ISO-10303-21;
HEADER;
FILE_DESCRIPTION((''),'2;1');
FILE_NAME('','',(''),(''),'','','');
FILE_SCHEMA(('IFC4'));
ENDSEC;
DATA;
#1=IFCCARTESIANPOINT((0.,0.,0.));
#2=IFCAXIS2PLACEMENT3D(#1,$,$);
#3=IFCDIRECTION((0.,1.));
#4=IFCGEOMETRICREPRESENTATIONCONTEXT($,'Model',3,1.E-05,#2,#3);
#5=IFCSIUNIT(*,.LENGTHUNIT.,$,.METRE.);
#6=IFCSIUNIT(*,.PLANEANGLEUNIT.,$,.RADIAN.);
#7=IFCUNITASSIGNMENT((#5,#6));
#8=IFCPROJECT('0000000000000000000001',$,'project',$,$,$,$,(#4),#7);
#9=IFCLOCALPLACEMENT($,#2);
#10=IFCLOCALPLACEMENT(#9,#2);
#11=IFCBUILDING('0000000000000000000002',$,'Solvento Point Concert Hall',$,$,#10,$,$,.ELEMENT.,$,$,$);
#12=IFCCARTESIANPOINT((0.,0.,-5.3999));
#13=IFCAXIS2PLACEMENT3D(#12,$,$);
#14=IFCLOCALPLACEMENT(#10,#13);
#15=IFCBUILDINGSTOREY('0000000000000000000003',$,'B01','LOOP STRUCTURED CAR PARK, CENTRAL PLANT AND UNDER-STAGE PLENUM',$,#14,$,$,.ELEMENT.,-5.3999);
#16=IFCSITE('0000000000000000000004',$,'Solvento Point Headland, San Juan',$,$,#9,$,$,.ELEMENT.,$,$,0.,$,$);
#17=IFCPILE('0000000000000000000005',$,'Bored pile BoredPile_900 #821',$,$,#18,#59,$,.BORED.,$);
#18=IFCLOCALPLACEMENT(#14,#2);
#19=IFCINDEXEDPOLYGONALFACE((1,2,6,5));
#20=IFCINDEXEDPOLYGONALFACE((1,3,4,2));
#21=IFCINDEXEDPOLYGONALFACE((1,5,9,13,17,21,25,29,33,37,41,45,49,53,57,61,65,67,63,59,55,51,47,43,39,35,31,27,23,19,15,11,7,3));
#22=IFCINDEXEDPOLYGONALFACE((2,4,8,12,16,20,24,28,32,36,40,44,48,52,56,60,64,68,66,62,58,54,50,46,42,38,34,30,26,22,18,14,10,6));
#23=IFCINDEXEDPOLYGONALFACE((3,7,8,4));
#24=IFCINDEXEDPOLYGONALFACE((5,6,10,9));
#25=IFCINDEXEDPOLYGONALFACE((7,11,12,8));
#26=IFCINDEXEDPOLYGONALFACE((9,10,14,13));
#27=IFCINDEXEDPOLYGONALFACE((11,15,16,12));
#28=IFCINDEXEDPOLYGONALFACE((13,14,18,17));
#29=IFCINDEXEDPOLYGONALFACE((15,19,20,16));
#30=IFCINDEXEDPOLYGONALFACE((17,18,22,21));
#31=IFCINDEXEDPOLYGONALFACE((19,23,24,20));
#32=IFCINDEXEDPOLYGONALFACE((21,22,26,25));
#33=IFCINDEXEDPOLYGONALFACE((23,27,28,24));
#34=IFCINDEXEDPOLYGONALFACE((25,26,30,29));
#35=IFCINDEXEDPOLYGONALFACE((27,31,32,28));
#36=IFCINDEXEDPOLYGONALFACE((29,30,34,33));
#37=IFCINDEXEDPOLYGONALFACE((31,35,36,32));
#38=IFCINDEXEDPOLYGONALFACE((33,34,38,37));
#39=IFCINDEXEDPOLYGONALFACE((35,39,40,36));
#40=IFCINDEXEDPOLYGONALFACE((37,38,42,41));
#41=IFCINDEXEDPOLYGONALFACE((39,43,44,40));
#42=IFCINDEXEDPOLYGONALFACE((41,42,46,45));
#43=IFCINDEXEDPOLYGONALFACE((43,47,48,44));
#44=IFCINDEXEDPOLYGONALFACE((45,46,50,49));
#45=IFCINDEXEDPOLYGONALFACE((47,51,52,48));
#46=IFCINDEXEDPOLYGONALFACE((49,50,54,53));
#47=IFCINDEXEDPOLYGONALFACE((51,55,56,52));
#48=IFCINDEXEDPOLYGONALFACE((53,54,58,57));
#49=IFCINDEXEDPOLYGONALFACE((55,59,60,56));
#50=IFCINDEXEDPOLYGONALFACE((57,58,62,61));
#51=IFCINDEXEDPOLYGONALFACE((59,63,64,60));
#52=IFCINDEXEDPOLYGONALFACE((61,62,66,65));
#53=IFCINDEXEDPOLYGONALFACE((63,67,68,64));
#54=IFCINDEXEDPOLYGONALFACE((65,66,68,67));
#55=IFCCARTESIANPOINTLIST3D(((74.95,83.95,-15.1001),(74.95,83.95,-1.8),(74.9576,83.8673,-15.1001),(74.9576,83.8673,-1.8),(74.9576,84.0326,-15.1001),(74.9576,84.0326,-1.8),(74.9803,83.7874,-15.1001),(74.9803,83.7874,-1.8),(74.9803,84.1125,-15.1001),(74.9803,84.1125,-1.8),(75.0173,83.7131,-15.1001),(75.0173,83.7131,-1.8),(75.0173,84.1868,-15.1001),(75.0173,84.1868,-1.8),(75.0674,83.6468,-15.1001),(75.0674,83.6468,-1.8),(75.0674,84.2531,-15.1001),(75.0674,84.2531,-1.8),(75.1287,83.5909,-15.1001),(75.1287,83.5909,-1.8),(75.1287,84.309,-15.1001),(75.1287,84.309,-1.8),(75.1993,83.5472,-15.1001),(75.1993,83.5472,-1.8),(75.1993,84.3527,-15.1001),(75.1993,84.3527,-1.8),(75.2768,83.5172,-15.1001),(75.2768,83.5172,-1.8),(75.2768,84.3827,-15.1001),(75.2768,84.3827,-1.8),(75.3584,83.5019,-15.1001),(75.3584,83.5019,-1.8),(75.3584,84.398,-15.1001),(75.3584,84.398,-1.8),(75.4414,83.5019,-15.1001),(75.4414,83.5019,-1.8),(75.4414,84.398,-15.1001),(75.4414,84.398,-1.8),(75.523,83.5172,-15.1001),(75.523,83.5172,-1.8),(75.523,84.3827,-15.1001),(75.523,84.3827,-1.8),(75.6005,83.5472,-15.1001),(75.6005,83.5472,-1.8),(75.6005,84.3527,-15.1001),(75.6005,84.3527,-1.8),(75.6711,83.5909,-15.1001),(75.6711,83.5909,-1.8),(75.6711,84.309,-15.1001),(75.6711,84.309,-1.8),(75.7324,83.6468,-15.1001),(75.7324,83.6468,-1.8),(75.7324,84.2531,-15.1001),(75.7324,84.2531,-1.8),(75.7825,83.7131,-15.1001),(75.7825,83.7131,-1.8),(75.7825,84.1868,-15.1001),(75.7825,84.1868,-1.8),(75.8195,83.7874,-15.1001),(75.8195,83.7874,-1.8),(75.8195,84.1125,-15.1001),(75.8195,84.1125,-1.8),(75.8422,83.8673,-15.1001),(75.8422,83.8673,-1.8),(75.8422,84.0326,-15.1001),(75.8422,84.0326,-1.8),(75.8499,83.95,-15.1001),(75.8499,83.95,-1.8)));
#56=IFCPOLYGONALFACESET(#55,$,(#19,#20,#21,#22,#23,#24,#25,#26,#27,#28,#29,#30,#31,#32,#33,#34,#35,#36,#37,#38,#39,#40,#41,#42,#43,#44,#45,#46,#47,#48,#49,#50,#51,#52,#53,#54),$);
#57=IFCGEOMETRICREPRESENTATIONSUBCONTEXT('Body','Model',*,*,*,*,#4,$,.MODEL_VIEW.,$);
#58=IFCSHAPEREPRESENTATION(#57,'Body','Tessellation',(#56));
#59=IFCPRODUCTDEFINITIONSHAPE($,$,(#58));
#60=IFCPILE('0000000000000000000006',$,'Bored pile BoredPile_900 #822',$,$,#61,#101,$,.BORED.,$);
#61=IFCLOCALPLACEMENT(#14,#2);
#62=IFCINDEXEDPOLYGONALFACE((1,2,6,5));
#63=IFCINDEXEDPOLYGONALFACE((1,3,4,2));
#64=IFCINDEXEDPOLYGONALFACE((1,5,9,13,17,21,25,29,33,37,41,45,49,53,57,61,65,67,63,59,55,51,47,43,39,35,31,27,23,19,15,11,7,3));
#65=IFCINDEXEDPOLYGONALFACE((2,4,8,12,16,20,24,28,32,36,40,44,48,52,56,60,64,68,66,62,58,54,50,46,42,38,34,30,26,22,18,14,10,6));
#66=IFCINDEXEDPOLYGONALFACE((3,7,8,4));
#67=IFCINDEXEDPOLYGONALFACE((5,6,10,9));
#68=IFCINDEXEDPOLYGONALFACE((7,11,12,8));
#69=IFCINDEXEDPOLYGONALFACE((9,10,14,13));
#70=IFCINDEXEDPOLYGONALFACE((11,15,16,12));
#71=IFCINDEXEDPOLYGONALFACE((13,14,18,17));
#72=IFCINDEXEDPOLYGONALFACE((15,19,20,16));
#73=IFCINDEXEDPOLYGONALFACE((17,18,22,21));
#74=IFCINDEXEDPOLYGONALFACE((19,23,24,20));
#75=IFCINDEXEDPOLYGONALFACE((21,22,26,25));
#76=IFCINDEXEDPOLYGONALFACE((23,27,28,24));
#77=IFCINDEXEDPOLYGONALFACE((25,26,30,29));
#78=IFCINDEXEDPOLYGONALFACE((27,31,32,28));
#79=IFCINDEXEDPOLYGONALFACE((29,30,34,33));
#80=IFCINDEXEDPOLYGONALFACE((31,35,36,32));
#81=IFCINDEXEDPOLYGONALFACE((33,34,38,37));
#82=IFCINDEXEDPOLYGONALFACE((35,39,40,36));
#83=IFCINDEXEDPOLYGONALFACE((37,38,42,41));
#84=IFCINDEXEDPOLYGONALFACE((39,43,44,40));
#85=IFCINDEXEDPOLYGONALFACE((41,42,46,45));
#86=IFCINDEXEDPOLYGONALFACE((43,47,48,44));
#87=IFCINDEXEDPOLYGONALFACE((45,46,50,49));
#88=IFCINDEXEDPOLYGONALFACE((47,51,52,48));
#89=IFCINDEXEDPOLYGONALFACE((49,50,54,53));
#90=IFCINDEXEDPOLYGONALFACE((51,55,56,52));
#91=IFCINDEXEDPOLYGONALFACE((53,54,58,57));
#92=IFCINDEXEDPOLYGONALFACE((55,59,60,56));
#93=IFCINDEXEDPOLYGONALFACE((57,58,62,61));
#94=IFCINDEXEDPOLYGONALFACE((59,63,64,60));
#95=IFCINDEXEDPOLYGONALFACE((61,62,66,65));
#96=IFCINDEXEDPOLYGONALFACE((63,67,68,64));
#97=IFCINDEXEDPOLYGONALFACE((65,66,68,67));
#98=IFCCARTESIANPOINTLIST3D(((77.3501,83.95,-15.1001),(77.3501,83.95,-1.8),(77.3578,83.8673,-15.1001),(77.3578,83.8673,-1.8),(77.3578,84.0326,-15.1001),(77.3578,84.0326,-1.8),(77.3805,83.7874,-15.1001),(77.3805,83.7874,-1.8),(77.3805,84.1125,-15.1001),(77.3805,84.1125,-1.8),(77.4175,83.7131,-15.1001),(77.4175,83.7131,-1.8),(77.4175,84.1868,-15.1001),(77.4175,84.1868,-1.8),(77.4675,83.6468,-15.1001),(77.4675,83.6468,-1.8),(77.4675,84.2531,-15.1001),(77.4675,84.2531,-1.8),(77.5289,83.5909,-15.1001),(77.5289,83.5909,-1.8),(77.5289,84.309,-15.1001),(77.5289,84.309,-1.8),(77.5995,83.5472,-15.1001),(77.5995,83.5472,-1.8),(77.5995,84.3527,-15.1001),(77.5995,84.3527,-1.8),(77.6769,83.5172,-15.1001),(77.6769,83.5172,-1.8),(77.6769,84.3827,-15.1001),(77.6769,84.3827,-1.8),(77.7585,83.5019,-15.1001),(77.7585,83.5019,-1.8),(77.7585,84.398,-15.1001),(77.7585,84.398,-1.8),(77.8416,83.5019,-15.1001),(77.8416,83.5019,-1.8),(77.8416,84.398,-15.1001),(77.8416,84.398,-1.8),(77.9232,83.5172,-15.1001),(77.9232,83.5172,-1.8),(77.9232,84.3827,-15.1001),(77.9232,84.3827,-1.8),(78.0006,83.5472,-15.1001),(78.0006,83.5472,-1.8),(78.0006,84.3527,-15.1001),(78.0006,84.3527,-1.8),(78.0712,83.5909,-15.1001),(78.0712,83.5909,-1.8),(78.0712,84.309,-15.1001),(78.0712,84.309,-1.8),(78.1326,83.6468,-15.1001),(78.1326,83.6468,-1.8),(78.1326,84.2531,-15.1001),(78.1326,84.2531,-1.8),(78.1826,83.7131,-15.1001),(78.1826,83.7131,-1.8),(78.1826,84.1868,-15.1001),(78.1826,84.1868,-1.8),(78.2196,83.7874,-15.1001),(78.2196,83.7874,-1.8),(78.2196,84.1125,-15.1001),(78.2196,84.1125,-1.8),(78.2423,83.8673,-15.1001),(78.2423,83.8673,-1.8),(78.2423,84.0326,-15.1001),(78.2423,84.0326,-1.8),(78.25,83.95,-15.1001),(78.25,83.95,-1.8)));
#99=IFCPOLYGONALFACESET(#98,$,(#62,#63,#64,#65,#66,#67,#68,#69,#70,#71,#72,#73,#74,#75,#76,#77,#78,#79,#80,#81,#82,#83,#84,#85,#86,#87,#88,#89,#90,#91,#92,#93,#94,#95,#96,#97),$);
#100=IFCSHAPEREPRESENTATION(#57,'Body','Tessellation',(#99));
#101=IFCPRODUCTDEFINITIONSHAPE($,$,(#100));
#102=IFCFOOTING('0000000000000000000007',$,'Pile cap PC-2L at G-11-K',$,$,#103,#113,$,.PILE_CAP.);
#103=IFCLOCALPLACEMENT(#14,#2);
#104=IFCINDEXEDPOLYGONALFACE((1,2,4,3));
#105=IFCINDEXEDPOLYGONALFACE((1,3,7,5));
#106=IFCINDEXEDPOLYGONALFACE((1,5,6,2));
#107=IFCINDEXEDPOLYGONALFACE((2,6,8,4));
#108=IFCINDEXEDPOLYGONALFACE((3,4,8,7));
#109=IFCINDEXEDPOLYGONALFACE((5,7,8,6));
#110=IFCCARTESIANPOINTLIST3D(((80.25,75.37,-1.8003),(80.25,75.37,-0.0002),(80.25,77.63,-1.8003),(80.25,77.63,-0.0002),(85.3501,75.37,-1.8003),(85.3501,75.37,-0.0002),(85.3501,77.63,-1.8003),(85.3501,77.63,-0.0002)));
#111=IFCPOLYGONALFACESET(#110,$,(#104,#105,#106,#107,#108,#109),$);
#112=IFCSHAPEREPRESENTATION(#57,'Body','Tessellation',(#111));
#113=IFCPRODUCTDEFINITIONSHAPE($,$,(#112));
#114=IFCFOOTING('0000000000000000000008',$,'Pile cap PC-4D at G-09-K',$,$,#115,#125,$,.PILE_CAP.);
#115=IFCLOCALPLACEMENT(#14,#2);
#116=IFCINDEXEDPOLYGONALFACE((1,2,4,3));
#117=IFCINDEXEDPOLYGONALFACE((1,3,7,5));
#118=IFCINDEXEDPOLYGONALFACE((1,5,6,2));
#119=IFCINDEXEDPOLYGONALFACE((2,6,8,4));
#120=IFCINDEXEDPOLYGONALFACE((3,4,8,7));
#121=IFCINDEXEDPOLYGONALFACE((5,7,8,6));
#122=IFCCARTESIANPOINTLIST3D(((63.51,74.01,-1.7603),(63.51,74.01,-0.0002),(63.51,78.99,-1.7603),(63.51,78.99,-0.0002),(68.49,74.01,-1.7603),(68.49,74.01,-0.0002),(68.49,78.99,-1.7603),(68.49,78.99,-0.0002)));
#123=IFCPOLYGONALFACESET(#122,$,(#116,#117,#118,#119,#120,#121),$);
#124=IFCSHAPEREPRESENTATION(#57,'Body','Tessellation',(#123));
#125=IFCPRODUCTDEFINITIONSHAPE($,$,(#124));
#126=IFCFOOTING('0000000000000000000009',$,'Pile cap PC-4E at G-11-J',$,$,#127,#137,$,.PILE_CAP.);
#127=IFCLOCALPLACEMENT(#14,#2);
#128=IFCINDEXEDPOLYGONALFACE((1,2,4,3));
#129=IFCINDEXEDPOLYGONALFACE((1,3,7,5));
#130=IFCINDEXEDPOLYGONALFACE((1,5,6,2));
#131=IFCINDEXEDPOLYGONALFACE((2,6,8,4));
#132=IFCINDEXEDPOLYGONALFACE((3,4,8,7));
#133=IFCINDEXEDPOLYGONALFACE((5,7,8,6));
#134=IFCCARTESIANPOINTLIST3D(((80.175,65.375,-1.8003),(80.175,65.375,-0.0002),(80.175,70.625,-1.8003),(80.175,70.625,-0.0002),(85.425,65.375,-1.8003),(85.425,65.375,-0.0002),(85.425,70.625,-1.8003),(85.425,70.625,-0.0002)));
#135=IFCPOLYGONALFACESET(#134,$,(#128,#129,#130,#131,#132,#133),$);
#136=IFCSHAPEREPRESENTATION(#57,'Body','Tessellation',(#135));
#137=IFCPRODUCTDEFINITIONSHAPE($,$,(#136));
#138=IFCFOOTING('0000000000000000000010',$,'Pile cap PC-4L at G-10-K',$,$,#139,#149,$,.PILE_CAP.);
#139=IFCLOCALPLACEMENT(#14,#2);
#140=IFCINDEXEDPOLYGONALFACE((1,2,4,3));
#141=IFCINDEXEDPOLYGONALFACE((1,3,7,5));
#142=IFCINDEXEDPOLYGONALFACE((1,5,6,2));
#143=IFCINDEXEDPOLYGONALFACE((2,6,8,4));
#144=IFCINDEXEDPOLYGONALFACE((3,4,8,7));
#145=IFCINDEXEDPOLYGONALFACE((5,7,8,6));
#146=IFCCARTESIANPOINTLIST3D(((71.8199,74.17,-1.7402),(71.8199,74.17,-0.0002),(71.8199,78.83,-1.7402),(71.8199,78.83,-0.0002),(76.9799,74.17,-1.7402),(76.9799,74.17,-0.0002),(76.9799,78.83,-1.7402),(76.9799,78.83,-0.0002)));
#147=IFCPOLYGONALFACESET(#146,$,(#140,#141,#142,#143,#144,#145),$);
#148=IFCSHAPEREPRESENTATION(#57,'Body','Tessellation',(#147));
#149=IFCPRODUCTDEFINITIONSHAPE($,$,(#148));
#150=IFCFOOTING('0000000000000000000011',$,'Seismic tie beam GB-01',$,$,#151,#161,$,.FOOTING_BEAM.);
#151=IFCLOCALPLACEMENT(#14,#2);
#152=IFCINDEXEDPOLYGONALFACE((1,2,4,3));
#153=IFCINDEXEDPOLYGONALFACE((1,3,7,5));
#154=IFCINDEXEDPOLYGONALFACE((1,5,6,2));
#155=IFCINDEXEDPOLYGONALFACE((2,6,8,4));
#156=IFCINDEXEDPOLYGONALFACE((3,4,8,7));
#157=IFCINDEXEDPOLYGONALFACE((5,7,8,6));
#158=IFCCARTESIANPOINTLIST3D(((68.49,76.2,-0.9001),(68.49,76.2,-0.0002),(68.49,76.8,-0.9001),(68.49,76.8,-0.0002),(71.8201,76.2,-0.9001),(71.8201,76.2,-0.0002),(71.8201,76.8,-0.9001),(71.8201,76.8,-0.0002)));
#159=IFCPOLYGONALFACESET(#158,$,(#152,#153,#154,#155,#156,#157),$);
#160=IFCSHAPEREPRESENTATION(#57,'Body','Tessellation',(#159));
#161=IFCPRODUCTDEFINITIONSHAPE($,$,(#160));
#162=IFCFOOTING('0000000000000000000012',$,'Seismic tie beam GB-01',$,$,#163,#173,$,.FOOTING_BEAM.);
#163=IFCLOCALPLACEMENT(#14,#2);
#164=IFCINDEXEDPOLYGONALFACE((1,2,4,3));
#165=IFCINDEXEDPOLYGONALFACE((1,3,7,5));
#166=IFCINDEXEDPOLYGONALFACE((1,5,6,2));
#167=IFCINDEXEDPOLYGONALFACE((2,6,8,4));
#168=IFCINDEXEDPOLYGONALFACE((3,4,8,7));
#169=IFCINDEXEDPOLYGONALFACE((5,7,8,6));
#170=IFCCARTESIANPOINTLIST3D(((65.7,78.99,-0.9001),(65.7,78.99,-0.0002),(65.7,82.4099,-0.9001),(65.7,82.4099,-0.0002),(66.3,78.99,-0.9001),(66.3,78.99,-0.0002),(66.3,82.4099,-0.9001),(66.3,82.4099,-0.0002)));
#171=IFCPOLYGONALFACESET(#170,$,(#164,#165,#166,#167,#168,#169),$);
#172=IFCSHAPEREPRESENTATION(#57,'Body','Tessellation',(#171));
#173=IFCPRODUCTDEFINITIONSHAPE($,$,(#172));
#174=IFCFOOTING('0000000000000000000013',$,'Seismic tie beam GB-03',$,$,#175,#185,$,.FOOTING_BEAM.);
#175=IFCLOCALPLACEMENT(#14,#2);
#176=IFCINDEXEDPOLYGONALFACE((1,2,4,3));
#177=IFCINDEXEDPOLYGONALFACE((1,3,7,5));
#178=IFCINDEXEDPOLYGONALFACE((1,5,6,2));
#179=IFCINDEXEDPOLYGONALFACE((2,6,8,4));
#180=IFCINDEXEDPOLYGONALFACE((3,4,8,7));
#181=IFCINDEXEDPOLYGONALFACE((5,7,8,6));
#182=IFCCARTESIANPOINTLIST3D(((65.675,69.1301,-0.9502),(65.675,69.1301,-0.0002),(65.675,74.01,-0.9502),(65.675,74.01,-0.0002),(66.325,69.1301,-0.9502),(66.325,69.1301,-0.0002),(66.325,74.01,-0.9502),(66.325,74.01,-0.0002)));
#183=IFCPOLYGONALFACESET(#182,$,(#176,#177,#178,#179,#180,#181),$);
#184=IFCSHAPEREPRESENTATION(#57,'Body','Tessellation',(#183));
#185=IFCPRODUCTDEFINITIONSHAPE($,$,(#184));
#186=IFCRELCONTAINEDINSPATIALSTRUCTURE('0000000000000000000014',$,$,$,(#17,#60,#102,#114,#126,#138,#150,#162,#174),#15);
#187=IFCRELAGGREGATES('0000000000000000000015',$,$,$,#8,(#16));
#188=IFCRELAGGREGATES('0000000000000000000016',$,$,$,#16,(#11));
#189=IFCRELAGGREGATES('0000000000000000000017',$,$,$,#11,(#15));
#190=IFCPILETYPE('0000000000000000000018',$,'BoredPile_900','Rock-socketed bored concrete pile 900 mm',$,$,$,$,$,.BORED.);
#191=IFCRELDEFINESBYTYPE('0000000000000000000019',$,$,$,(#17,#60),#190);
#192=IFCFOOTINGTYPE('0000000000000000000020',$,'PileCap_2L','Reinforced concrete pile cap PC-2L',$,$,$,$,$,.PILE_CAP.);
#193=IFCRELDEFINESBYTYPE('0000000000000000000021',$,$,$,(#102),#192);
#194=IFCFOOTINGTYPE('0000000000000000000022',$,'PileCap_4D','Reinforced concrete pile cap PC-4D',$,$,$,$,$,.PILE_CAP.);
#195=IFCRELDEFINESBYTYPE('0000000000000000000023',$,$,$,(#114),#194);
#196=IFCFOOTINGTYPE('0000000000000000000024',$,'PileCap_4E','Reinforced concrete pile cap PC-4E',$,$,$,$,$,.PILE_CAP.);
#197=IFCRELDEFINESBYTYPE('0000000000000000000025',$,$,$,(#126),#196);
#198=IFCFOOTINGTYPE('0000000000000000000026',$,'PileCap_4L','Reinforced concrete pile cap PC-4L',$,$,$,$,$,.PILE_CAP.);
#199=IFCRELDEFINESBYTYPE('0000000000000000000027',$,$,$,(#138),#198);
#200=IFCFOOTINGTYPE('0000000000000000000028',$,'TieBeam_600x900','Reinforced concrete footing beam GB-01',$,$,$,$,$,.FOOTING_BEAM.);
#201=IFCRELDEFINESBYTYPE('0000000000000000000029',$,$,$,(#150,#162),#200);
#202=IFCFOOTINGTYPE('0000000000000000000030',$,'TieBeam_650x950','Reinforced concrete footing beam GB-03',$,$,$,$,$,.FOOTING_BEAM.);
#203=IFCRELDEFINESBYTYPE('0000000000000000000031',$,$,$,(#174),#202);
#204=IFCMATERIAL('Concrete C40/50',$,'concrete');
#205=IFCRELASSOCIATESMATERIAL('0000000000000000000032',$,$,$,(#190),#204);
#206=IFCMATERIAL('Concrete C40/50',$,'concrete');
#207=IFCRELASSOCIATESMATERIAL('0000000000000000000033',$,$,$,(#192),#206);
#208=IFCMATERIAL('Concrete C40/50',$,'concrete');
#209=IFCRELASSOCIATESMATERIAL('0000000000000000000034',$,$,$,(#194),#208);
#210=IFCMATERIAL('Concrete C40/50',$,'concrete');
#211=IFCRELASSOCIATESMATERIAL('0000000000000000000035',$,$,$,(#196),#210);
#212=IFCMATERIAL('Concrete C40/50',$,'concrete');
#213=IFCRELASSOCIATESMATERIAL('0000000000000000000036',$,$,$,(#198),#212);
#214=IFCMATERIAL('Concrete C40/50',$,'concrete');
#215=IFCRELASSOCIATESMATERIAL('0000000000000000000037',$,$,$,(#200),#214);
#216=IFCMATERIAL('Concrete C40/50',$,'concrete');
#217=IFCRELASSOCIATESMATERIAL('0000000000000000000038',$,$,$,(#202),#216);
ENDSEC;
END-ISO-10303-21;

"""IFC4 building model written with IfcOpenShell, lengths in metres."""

from ifc_helpers import new_model, si_unit, direction, frame, origin, origin_2d, place, context, subcontext, project, spatial, rectangle, circle, extrude, material, material_profile, profile_set, type_object, element, save


model = new_model("IFC4")

# Units and contexts
model_context = context("Model", 3, precision=1e-05, world=origin(), true_north=direction((0.0, 1.0)))
body_context = subcontext(model_context, "Body", "Model", "MODEL_VIEW")
ifc_project = project(units=[si_unit("LENGTHUNIT", "METRE"), si_unit("PLANEANGLEUNIT", "RADIAN")], contexts=[model_context])

# Site, building, storey
site_placement = place(None, origin())
site = spatial("IfcSite", under=ifc_project, at=site_placement, Name="Solvento Point Headland, San Juan", CompositionType="ELEMENT", RefElevation=0.0)
building_placement = place(site_placement, origin())
building = spatial("IfcBuilding", under=site, at=building_placement, Name="Solvento Point Concert Hall", CompositionType="ELEMENT")
storey_placement = place(building_placement, frame((0.0, 0.0, -5.3999)))
storey = spatial("IfcBuildingStorey", under=building, at=storey_placement, Name="B01", Description="LOOP STRUCTURED CAR PARK, CENTRAL PLANT AND UNDER-STAGE PLENUM", CompositionType="ELEMENT", Elevation=-5.3999)

# Piles
ifc_material_1 = material(Name="Concrete C40/50", Category="concrete")
ifc_material_profile_1 = material_profile(ifc_material_1, circle(Radius=0.45, at=origin_2d()), Name="BP-900")
ifc_profile_set_1 = profile_set([ifc_material_profile_1], Name="Concrete C40/50")
pile_type_1 = type_object("IfcPileType", Name="BoredPile_900", Description="Rock-socketed bored concrete pile 900 mm", PredefinedType="BORED", material=ifc_profile_set_1)
for number, where, z_axis, x_axis, name in (
    (1, (75.3999, 83.95, -1.8), (0.0, 0.0, -1.0), (1.0, 0.0, 0.0), "Bored pile BoredPile_900 #821"),
    (2, (77.8, 83.95, -1.8), (0.0, 0.0, -1.0), (1.0, 0.0, 0.0), "Bored pile BoredPile_900 #822"),
):
    element("IfcPile", number, at=place(storey_placement, frame(where, z_axis=z_axis, x_axis=x_axis)), inside=storey, type_object=pile_type_1, Name=name, PredefinedType="BORED", context=body_context, shape_type="SweptSolid", body=[
        extrude(circle(Radius=0.45, at=origin_2d()), origin(), (0.0, 0.0, 1.0), 13.3),
    ])

# Footings
ifc_material_2 = material(Name="Concrete C40/50", Category="concrete")
footing_type_1 = type_object("IfcFootingType", Name="PileCap_2L", Description="Reinforced concrete pile cap PC-2L", PredefinedType="PILE_CAP", material=ifc_material_2)
footing_1_placement = place(storey_placement, frame((82.8, 76.5, -1.8003), z_axis=(0.0, 0.0, 1.0), x_axis=(1.0, 0.0, 0.0)))
element("IfcFooting", 3, at=footing_1_placement, inside=storey, type_object=footing_type_1, Name="Pile cap PC-2L at G-11-K", PredefinedType="PILE_CAP", context=body_context, shape_type="SweptSolid", body=[
    extrude(rectangle(XDim=5.1001, YDim=2.26, at=origin_2d()), origin(), (0.0, 0.0, 1.0), 1.8),
])
ifc_material_3 = material(Name="Concrete C40/50", Category="concrete")
footing_type_2 = type_object("IfcFootingType", Name="PileCap_4D", Description="Reinforced concrete pile cap PC-4D", PredefinedType="PILE_CAP", material=ifc_material_3)
footing_2_placement = place(storey_placement, frame((66.0, 76.5, -1.7603), z_axis=(0.0, 0.0, 1.0), x_axis=(1.0, 0.0, 0.0)))
element("IfcFooting", 4, at=footing_2_placement, inside=storey, type_object=footing_type_2, Name="Pile cap PC-4D at G-09-K", PredefinedType="PILE_CAP", context=body_context, shape_type="SweptSolid", body=[
    extrude(rectangle(XDim=4.98, YDim=4.98, at=origin_2d()), origin(), (0.0, 0.0, 1.0), 1.76),
])
ifc_material_4 = material(Name="Concrete C40/50", Category="concrete")
footing_type_3 = type_object("IfcFootingType", Name="PileCap_4E", Description="Reinforced concrete pile cap PC-4E", PredefinedType="PILE_CAP", material=ifc_material_4)
footing_3_placement = place(storey_placement, frame((82.8, 68.0, -1.8003), z_axis=(0.0, 0.0, 1.0), x_axis=(1.0, 0.0, 0.0)))
element("IfcFooting", 5, at=footing_3_placement, inside=storey, type_object=footing_type_3, Name="Pile cap PC-4E at G-11-J", PredefinedType="PILE_CAP", context=body_context, shape_type="SweptSolid", body=[
    extrude(rectangle(XDim=5.25, YDim=5.25, at=origin_2d()), origin(), (0.0, 0.0, 1.0), 1.8),
])
ifc_material_5 = material(Name="Concrete C40/50", Category="concrete")
footing_type_4 = type_object("IfcFootingType", Name="PileCap_4L", Description="Reinforced concrete pile cap PC-4L", PredefinedType="PILE_CAP", material=ifc_material_5)
footing_4_placement = place(storey_placement, frame((74.3999, 76.5, -1.7402), z_axis=(0.0, 0.0, 1.0), x_axis=(1.0, 0.0, 0.0)))
element("IfcFooting", 6, at=footing_4_placement, inside=storey, type_object=footing_type_4, Name="Pile cap PC-4L at G-10-K", PredefinedType="PILE_CAP", context=body_context, shape_type="SweptSolid", body=[
    extrude(rectangle(XDim=5.1599, YDim=4.6599, at=origin_2d()), origin(), (0.0, 0.0, 1.0), 1.74),
])
ifc_material_6 = material(Name="Concrete C40/50", Category="concrete")
footing_type_5 = type_object("IfcFootingType", Name="TieBeam_600x900", Description="Reinforced concrete footing beam GB-01", PredefinedType="FOOTING_BEAM", material=ifc_material_6)
footing_5_placement = place(storey_placement, frame((70.155, 76.5, -0.9001), z_axis=(0.0, 0.0, 1.0), x_axis=(1.0, 0.0, 0.0)))
element("IfcFooting", 7, at=footing_5_placement, inside=storey, type_object=footing_type_5, Name="Seismic tie beam GB-01", PredefinedType="FOOTING_BEAM", context=body_context, shape_type="SweptSolid", body=[
    extrude(rectangle(XDim=3.3301, YDim=0.6001, at=origin_2d()), origin(), (0.0, 0.0, 1.0), 0.8999),
])
footing_6_placement = place(storey_placement, frame((66.0, 80.7, -0.9001), z_axis=(0.0, 0.0, 1.0), x_axis=(0.0, 1.0, 0.0)))
element("IfcFooting", 8, at=footing_6_placement, inside=storey, type_object=footing_type_5, Name="Seismic tie beam GB-01", PredefinedType="FOOTING_BEAM", context=body_context, shape_type="SweptSolid", body=[
    extrude(rectangle(XDim=3.4199, YDim=0.6001, at=origin_2d()), origin(), (0.0, 0.0, 1.0), 0.8999),
])
ifc_material_7 = material(Name="Concrete C40/50", Category="concrete")
footing_type_6 = type_object("IfcFootingType", Name="TieBeam_650x950", Description="Reinforced concrete footing beam GB-03", PredefinedType="FOOTING_BEAM", material=ifc_material_7)
footing_7_placement = place(storey_placement, frame((66.0, 71.5701, -0.9502), z_axis=(0.0, 0.0, 1.0), x_axis=(0.0, 1.0, 0.0)))
element("IfcFooting", 9, at=footing_7_placement, inside=storey, type_object=footing_type_6, Name="Seismic tie beam GB-03", PredefinedType="FOOTING_BEAM", context=body_context, shape_type="SweptSolid", body=[
    extrude(rectangle(XDim=4.8799, YDim=0.6499, at=origin_2d()), origin(), (0.0, 0.0, 1.0), 0.95),
])

save(model, "model.ifc")
